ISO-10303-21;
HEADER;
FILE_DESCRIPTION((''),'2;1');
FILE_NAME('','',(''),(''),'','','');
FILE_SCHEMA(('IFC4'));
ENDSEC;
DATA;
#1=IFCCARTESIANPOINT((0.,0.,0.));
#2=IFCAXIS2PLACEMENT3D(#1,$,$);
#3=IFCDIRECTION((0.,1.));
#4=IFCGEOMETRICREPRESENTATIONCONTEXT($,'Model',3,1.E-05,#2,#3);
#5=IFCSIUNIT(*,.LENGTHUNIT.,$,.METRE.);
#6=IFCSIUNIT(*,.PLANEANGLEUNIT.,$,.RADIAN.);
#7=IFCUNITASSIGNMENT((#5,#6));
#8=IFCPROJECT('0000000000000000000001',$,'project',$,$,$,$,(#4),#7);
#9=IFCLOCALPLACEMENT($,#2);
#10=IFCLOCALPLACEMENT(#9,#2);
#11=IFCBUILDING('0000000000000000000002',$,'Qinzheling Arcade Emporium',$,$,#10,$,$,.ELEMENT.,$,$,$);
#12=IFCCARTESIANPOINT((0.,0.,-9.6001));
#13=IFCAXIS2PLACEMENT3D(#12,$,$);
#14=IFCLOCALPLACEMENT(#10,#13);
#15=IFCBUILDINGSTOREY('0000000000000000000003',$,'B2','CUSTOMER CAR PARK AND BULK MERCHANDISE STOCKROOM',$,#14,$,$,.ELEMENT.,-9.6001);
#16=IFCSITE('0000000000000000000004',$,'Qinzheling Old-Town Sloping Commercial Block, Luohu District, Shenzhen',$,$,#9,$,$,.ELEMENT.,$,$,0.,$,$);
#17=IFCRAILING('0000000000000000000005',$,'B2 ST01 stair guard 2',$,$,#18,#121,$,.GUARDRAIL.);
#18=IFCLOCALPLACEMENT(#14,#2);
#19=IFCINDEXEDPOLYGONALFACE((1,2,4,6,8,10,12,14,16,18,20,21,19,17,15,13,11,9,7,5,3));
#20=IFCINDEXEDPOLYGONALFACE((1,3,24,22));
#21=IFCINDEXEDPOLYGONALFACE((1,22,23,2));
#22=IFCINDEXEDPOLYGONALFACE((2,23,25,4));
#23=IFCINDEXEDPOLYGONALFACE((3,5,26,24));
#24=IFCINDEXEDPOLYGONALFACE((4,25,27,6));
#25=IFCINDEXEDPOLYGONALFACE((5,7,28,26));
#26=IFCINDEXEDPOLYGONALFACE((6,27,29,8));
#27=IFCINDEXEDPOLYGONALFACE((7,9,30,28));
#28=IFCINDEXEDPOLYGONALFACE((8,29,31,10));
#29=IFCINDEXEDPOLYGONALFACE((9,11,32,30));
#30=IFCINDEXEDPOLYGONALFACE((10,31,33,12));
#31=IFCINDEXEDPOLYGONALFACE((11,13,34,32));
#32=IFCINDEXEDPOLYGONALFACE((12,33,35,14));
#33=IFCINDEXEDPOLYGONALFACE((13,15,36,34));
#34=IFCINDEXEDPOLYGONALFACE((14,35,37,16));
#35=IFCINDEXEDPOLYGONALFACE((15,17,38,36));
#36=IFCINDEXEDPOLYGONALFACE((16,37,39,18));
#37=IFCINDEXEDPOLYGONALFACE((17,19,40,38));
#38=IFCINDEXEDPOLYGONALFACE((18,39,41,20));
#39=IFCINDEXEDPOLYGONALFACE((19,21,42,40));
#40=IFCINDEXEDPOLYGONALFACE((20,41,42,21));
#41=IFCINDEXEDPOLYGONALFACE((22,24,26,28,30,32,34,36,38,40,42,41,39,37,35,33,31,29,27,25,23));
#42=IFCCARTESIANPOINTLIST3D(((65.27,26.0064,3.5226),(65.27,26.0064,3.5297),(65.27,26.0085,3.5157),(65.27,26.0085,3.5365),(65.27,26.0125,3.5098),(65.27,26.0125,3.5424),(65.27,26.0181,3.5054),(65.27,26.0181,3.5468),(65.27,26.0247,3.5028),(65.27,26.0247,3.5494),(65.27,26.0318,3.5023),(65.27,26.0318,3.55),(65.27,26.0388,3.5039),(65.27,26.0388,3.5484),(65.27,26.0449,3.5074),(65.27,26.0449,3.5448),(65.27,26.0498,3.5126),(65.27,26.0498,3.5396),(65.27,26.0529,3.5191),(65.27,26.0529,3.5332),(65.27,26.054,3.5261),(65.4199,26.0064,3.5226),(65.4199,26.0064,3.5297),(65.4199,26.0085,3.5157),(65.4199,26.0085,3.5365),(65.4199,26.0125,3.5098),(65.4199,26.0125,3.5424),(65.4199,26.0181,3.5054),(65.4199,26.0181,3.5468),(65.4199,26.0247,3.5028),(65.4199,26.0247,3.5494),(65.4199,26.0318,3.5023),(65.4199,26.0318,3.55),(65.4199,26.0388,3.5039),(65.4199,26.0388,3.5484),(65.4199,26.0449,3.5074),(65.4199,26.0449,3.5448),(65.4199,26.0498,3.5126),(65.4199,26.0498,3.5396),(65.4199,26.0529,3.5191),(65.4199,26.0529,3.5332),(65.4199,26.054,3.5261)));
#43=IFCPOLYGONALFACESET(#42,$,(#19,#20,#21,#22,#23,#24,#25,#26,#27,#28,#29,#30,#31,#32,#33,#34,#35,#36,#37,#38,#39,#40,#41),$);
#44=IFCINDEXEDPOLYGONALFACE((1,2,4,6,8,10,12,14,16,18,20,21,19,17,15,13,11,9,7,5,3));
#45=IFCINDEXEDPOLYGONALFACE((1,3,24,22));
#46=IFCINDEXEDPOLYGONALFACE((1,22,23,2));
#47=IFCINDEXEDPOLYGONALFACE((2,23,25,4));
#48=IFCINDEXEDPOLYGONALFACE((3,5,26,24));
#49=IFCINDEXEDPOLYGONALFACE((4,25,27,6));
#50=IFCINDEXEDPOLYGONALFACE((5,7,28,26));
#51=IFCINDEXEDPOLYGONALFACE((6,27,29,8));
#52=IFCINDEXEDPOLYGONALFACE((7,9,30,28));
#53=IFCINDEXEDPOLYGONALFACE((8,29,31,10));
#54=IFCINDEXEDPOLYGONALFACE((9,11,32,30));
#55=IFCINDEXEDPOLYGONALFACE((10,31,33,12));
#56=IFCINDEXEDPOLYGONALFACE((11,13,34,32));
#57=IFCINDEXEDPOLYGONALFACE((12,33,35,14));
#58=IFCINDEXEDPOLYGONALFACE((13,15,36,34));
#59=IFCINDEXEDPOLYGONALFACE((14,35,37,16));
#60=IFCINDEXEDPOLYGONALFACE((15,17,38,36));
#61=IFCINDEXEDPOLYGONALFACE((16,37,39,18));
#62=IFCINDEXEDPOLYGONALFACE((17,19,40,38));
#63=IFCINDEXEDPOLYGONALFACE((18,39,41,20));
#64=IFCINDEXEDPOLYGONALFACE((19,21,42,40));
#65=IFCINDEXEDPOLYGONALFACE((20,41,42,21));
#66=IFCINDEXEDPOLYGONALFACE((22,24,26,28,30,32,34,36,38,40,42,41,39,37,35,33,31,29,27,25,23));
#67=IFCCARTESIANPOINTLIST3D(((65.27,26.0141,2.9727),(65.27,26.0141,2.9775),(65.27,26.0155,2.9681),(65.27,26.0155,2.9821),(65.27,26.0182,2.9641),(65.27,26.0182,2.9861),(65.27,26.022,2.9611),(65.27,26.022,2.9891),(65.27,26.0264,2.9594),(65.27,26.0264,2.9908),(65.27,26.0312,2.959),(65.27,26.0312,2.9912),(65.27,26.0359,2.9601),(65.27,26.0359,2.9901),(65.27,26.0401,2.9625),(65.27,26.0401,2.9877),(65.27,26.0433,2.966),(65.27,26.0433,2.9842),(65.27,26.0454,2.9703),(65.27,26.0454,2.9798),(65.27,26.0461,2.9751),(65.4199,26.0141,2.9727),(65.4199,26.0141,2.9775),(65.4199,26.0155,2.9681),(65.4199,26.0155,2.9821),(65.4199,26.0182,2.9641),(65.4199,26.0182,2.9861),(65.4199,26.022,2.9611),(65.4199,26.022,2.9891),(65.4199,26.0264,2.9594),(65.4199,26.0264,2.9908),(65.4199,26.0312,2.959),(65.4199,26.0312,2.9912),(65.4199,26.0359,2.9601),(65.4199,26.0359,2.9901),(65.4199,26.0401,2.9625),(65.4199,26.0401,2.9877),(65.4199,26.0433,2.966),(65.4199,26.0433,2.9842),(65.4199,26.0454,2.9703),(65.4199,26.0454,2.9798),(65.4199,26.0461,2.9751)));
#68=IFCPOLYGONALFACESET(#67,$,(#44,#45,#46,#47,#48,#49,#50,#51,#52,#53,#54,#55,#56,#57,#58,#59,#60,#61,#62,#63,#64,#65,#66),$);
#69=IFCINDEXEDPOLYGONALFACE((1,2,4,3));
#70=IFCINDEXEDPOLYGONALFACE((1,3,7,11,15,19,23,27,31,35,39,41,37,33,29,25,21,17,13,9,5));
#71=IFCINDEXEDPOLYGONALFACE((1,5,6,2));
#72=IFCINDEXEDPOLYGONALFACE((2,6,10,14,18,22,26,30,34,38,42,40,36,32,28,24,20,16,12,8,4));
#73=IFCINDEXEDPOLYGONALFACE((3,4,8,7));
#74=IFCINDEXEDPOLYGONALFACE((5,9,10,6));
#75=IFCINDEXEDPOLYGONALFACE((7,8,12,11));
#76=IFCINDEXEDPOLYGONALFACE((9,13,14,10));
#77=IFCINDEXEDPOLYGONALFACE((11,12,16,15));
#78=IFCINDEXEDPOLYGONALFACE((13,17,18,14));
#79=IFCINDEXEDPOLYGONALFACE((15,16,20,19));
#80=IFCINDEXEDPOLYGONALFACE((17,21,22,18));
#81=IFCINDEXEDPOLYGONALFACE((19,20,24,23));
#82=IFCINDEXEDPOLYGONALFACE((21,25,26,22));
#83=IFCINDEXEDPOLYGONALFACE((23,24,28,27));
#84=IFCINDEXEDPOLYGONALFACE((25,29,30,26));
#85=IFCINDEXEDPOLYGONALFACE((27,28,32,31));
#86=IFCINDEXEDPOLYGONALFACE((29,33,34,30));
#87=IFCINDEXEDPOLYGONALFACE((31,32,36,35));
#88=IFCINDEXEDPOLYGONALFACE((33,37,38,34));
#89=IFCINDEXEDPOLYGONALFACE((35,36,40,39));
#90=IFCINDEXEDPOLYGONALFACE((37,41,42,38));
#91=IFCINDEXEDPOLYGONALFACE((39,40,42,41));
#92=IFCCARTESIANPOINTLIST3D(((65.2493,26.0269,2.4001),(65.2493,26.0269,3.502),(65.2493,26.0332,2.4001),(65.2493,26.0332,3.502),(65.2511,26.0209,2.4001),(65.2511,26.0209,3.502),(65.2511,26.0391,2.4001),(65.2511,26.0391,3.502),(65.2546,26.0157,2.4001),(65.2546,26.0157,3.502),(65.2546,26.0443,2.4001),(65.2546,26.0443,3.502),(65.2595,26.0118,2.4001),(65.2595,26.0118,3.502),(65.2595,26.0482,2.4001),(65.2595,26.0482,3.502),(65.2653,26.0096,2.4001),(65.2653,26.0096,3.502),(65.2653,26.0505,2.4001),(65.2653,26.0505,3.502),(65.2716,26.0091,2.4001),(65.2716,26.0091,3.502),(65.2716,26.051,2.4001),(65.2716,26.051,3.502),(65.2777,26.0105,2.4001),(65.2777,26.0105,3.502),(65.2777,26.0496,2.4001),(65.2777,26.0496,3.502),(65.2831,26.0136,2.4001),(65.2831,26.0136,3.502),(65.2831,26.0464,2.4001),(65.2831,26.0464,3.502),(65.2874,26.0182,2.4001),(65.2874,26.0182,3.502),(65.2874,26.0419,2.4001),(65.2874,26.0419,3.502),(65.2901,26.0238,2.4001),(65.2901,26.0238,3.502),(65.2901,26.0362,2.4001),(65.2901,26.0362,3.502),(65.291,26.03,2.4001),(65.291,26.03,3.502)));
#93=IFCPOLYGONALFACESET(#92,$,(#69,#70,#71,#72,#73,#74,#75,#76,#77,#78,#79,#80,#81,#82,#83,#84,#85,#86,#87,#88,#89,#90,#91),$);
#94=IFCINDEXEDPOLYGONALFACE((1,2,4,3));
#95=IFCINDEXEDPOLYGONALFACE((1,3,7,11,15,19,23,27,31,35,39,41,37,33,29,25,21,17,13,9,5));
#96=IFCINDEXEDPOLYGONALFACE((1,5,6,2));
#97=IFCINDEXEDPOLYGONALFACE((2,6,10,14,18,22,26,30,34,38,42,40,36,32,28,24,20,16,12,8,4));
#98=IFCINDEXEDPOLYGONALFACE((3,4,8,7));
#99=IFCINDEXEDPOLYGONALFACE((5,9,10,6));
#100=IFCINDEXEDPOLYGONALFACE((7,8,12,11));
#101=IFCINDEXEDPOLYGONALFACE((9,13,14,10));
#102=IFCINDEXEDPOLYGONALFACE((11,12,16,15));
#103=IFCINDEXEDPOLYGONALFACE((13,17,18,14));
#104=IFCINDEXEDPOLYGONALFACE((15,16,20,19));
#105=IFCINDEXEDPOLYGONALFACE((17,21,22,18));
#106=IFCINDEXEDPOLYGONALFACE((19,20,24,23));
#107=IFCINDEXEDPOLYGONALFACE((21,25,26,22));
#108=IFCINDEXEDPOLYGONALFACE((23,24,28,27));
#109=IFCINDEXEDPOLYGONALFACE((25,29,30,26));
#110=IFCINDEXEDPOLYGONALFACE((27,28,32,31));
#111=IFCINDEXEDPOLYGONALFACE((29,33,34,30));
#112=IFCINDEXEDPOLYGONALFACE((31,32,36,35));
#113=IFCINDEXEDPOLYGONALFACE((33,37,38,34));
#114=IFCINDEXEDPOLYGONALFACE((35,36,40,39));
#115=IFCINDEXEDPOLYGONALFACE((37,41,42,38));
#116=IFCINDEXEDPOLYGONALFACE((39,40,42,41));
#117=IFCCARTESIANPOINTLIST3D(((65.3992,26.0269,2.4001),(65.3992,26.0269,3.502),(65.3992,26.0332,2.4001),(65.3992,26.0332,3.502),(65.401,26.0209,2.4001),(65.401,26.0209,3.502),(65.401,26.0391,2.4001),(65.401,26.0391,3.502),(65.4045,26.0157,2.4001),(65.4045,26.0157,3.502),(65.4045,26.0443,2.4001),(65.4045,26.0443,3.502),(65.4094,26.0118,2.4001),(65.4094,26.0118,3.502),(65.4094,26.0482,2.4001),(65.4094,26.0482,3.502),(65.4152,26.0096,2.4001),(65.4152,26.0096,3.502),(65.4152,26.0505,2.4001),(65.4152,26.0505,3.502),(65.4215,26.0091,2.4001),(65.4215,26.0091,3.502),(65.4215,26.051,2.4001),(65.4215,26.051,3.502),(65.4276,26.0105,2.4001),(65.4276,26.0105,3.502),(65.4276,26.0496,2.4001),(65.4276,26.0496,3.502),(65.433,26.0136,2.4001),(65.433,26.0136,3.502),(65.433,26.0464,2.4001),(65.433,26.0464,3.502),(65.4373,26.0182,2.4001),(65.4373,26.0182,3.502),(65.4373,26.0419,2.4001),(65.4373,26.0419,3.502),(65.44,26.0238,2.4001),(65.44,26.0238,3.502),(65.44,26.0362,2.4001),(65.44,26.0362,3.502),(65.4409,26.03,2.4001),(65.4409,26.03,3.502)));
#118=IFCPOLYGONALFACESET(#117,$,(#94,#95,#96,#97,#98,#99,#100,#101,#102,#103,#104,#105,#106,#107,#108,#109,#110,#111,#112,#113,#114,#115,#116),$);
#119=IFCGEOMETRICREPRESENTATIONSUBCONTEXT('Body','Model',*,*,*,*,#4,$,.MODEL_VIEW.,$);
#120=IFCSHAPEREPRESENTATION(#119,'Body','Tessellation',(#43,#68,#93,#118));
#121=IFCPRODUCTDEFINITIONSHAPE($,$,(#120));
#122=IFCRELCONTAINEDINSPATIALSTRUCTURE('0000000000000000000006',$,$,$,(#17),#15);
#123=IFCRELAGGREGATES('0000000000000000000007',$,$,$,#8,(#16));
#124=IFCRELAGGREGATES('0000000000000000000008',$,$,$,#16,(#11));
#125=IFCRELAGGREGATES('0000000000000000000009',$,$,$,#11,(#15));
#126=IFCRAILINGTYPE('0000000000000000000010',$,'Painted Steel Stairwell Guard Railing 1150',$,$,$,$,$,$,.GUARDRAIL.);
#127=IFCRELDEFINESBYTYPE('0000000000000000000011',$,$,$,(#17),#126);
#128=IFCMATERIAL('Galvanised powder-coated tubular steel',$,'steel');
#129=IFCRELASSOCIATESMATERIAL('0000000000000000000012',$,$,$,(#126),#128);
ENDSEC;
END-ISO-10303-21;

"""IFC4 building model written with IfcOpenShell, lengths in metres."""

from ifc_helpers import new_model, si_unit, direction, frame, origin, origin_2d, place, context, subcontext, project, spatial, circle, extrude, material, type_object, element, save


model = new_model("IFC4")

# Units and contexts
model_context = context("Model", 3, precision=1e-05, world=origin(), true_north=direction((0.0, 1.0)))
body_context = subcontext(model_context, "Body", "Model", "MODEL_VIEW")
ifc_project = project(units=[si_unit("LENGTHUNIT", "METRE"), si_unit("PLANEANGLEUNIT", "RADIAN")], contexts=[model_context])

# Site, building, storey
site_placement = place(None, origin())
site = spatial("IfcSite", under=ifc_project, at=site_placement, Name="Qinzheling Old-Town Sloping Commercial Block, Luohu District, Shenzhen", CompositionType="ELEMENT", RefElevation=0.0)
building_placement = place(site_placement, origin())
building = spatial("IfcBuilding", under=site, at=building_placement, Name="Qinzheling Arcade Emporium", CompositionType="ELEMENT")
storey_placement = place(building_placement, frame((0.0, 0.0, -9.6001)))
storey = spatial("IfcBuildingStorey", under=building, at=storey_placement, Name="B2", Description="CUSTOMER CAR PARK AND BULK MERCHANDISE STOCKROOM", CompositionType="ELEMENT", Elevation=-9.6001)

# Railing
ifc_material_1 = material(Name="Galvanised powder-coated tubular steel", Category="steel")
railing_type_1 = type_object("IfcRailingType", Name="Painted Steel Stairwell Guard Railing 1150", PredefinedType="GUARDRAIL", material=ifc_material_1)
railing_1_placement = place(storey_placement, frame((65.27, 26.03, 2.4001)))
element("IfcRailing", 1, at=railing_1_placement, inside=storey, type_object=railing_type_1, Name="B2 ST01 stair guard 2", PredefinedType="GUARDRAIL", context=body_context, shape_type="SweptSolid", body=[
    extrude(circle(Radius=0.0239, at=origin_2d()), frame((0.0, 0.0, 1.126), z_axis=(1.0, 0.0, 0.0), x_axis=(0.0, 1.0, 0.0)), (0.0, 0.0, 1.0), 0.1499),
    extrude(circle(Radius=0.0161, at=origin_2d()), frame((0.0, 0.0, 0.575), z_axis=(1.0, 0.0, 0.0), x_axis=(0.0, 1.0, 0.0)), (0.0, 0.0, 1.0), 0.1499),
    extrude(circle(Radius=0.021, at=origin_2d()), origin(), (0.0, 0.0, 1.0), 1.1018),
    extrude(circle(Radius=0.021, at=origin_2d()), frame((0.1499, 0.0, 0.0)), (0.0, 0.0, 1.0), 1.1018),
])

save(model, "model.ifc")
